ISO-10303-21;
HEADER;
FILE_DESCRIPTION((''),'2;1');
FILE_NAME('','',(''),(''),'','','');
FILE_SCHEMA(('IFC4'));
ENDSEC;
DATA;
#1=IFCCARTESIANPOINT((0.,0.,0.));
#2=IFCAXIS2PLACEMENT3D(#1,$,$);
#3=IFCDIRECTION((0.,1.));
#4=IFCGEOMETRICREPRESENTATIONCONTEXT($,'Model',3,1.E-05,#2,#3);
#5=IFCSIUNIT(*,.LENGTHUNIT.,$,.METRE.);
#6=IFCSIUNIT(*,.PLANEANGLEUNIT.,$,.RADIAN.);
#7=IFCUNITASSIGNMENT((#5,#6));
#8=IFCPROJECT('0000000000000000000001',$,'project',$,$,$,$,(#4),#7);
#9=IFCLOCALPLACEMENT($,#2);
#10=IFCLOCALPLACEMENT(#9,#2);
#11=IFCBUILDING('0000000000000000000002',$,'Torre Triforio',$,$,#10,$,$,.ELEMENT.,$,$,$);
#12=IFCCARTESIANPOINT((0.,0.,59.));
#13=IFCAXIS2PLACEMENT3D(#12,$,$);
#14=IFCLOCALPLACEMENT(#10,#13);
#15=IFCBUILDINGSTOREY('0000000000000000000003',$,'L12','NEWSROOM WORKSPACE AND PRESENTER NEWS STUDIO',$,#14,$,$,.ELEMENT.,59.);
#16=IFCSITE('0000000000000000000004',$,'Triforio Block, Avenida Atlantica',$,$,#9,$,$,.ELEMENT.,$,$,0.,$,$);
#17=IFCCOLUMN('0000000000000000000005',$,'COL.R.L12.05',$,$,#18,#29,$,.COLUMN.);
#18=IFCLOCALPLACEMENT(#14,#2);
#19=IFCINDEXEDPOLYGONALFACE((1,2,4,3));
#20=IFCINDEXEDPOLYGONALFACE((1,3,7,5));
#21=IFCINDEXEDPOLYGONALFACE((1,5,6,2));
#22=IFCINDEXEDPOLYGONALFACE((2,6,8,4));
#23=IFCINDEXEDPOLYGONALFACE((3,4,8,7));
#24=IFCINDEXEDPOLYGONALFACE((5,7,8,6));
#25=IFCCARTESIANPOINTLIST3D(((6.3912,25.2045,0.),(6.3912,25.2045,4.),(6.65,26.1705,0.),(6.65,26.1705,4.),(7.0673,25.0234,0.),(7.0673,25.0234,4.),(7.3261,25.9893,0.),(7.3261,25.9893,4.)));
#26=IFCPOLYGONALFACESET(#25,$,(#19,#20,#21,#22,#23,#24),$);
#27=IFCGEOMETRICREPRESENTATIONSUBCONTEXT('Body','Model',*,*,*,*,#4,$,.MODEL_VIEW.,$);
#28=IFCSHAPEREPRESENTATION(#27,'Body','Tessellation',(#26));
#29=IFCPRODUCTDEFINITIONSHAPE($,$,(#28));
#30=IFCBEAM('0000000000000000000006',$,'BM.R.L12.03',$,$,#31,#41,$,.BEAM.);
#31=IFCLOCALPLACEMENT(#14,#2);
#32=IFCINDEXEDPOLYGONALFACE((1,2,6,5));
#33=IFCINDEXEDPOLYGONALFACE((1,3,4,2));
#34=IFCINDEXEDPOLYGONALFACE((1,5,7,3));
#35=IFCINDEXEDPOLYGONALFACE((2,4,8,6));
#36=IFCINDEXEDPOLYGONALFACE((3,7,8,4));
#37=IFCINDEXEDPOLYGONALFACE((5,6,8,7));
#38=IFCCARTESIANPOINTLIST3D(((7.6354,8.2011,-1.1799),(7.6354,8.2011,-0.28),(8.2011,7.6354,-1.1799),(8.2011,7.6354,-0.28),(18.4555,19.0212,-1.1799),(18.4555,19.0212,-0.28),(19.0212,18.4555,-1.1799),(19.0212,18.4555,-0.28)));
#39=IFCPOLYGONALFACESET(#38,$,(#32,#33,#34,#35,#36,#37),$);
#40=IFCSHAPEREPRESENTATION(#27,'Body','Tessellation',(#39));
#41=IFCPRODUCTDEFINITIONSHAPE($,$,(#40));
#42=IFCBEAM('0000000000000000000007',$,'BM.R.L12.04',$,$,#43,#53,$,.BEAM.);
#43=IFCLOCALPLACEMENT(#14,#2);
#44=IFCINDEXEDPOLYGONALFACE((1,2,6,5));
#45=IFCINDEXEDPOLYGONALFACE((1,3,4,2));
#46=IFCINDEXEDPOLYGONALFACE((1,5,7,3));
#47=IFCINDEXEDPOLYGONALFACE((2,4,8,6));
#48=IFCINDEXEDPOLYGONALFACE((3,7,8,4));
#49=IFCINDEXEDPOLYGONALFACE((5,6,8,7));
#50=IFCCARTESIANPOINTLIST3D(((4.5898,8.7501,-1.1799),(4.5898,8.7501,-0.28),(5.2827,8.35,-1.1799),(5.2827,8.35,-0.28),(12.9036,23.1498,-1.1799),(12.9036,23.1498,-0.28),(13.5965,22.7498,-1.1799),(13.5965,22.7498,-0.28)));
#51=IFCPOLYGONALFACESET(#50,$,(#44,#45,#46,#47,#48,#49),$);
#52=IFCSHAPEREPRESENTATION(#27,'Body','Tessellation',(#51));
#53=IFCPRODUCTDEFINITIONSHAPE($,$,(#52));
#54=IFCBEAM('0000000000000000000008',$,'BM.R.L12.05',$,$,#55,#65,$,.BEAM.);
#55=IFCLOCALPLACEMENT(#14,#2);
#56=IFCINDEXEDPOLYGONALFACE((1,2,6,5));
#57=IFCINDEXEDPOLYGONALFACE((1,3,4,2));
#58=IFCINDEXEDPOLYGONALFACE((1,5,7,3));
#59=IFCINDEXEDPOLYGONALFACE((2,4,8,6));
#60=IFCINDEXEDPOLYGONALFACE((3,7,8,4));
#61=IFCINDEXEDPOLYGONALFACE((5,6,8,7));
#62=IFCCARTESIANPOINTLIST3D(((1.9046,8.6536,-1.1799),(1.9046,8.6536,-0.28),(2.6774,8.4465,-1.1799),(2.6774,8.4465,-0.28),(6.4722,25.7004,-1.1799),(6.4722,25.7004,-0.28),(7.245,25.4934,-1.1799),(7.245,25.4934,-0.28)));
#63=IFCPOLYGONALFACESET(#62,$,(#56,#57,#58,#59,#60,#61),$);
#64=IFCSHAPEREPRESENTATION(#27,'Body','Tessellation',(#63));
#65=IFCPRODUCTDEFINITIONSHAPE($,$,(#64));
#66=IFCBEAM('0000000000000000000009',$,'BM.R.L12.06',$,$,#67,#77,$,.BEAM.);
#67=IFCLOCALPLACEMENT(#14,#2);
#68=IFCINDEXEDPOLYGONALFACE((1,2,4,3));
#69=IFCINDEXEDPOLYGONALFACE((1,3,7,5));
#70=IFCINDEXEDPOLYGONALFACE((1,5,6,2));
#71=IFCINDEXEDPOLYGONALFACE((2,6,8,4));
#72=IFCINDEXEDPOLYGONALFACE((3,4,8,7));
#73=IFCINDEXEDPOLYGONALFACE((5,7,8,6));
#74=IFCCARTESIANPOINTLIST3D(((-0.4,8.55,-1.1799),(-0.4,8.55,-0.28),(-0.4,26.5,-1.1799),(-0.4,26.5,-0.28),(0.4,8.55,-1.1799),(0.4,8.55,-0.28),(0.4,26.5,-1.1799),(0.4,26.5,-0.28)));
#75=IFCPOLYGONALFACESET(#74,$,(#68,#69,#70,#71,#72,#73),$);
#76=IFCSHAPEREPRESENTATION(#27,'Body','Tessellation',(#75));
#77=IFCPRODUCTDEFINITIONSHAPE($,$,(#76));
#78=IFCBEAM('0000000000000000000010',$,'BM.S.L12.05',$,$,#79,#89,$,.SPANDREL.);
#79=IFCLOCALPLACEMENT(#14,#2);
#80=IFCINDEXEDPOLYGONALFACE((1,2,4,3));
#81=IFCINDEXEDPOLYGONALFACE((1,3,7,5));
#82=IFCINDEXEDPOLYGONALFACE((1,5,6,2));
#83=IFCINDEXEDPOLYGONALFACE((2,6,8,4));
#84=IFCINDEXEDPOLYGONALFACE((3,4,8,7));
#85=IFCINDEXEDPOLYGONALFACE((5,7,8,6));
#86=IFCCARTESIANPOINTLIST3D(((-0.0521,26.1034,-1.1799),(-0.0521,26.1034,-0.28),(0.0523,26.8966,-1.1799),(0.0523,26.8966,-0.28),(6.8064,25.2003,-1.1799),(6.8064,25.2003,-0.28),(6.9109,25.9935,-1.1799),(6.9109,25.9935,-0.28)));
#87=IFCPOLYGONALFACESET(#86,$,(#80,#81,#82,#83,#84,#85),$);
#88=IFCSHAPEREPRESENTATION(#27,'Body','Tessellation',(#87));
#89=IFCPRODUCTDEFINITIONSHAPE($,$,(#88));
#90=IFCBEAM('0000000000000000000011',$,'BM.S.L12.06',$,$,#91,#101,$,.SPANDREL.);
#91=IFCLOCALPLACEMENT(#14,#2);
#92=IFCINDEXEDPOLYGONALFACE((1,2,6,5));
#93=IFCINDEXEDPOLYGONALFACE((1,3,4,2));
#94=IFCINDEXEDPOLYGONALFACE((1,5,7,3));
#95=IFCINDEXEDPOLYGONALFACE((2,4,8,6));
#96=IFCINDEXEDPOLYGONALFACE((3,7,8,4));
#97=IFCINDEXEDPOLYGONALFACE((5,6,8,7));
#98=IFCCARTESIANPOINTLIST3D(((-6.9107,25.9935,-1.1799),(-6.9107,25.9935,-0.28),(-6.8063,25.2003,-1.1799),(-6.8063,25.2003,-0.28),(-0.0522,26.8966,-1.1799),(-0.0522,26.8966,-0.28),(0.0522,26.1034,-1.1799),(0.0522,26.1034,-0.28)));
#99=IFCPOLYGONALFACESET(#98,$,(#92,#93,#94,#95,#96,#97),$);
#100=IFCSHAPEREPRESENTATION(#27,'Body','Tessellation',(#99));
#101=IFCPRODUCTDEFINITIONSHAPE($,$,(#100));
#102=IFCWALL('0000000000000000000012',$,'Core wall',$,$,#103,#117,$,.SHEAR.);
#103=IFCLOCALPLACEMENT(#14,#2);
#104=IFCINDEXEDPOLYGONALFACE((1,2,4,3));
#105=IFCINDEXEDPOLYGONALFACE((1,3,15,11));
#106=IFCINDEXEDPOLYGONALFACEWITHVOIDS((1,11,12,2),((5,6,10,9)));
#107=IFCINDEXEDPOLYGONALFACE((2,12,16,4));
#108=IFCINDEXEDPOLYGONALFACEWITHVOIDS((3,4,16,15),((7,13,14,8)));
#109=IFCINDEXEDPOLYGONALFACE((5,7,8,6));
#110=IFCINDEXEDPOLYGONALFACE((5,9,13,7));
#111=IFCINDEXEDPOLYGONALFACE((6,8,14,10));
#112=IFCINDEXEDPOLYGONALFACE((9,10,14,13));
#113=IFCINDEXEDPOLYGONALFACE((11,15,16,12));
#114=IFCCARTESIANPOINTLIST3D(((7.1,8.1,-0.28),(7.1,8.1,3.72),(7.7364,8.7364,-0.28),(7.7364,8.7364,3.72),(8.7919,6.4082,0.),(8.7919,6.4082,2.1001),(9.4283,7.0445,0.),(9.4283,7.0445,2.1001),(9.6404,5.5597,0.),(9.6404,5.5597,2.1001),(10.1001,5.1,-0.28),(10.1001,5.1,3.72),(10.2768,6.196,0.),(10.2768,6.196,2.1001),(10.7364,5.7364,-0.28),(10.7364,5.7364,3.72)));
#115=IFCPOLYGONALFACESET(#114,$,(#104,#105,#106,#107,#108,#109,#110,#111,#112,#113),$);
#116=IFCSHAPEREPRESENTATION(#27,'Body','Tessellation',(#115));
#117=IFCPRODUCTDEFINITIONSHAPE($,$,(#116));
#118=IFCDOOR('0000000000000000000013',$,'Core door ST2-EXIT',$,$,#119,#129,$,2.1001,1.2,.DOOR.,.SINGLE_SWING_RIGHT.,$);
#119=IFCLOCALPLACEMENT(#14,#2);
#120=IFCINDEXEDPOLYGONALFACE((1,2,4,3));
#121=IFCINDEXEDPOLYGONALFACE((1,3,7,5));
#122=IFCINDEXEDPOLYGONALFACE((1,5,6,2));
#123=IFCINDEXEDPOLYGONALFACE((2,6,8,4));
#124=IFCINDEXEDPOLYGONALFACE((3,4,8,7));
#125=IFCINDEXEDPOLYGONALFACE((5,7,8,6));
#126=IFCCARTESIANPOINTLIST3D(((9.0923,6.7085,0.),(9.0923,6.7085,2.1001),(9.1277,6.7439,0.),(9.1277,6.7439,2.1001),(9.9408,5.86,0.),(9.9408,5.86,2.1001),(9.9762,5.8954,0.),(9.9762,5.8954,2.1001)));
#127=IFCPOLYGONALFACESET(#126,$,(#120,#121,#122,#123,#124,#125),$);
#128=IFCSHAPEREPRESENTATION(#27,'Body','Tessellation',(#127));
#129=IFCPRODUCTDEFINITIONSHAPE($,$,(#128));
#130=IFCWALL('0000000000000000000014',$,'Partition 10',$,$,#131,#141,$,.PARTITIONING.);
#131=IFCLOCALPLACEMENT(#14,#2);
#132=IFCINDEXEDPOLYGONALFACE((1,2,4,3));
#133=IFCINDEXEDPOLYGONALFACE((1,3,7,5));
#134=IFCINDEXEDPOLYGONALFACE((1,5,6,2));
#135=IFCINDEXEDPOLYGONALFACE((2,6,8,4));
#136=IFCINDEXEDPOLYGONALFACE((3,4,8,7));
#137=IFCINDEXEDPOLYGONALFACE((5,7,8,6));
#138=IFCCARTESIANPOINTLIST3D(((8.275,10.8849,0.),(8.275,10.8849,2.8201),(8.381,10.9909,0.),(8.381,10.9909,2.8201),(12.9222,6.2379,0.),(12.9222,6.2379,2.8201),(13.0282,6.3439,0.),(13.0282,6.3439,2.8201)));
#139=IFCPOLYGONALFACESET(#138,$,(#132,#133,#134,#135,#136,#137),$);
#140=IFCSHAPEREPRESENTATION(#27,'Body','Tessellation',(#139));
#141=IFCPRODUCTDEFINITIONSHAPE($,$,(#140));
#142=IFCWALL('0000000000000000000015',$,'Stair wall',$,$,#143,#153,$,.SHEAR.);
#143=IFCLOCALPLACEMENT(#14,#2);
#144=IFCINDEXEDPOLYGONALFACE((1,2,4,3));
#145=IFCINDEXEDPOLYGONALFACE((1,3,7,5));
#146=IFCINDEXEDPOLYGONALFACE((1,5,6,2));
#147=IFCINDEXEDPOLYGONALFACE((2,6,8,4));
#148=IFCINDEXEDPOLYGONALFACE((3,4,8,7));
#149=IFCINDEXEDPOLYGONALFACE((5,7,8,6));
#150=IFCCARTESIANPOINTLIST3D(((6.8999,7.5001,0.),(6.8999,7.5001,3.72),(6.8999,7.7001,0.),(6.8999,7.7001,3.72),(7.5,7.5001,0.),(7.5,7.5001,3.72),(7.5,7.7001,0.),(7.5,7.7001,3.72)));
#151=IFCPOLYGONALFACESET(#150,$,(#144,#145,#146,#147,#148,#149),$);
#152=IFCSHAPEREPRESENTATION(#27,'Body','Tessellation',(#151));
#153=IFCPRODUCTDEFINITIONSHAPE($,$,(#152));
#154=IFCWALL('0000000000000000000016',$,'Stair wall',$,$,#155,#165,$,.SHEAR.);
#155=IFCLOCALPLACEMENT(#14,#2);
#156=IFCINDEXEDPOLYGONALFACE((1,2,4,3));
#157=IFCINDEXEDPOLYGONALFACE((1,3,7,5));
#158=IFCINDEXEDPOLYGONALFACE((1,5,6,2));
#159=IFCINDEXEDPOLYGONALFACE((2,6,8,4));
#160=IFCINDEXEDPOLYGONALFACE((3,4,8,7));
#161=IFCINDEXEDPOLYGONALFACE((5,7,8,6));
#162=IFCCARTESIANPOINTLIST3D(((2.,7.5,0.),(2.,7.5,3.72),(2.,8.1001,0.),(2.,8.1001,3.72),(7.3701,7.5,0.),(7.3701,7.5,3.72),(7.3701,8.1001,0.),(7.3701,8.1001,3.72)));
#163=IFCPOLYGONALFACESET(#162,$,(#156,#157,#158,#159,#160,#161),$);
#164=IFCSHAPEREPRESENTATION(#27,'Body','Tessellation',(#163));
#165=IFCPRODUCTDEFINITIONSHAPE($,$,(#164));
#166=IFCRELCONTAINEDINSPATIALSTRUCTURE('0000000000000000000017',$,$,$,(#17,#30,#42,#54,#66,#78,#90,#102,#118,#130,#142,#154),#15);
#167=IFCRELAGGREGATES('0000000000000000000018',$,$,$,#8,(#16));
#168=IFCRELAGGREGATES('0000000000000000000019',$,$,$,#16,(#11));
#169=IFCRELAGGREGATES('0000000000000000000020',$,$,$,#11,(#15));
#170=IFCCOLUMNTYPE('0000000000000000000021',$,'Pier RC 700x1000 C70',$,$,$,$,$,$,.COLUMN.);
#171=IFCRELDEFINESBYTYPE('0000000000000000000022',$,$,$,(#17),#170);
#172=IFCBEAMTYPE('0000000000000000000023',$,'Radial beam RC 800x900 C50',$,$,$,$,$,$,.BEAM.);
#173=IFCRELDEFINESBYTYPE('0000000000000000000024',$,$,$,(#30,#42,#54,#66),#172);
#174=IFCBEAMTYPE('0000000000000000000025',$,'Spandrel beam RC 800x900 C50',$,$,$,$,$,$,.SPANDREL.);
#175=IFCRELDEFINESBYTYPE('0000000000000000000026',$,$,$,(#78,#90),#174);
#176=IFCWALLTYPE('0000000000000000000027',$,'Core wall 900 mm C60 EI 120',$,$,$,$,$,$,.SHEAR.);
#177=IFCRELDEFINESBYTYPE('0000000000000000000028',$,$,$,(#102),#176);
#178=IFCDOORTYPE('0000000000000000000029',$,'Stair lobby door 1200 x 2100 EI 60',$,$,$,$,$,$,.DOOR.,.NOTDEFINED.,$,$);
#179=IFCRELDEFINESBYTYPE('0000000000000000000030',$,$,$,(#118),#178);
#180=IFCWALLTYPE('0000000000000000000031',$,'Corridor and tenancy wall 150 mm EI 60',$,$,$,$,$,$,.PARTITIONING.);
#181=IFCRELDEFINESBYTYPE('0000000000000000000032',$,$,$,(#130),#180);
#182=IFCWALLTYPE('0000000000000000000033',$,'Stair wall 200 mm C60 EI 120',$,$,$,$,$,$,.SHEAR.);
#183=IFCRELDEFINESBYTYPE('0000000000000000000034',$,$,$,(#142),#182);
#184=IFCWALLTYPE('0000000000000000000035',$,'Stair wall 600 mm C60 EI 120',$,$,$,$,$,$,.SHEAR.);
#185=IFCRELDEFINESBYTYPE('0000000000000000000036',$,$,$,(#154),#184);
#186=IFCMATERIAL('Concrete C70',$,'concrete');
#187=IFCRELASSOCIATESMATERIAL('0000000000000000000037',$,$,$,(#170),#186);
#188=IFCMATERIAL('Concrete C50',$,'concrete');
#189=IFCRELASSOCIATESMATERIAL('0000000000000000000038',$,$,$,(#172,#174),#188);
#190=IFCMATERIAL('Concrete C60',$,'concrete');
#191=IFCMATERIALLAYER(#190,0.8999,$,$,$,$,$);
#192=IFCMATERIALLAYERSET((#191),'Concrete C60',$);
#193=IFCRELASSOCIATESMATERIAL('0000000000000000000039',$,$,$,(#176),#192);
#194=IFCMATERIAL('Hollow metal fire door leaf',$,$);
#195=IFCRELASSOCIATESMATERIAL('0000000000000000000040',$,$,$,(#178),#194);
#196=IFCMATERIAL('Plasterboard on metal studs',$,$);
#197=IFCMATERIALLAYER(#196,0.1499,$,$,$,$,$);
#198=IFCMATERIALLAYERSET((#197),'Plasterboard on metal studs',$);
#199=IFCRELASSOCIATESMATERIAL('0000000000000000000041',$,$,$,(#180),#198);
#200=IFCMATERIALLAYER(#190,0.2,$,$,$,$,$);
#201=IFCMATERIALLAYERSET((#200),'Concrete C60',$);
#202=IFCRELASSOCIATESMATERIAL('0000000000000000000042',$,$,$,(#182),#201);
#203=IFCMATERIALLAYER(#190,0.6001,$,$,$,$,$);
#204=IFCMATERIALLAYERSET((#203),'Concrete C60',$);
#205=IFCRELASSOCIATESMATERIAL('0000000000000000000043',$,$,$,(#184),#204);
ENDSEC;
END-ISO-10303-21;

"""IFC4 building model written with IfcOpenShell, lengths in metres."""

from ifc_helpers import new_model, si_unit, direction, frame, frame_2d, origin, origin_2d, place, context, subcontext, project, spatial, rectangle, extrude, material, layer, layer_set, material_profile, profile_set, type_object, element, fill, save


model = new_model("IFC4")

# Units and contexts
model_context = context("Model", 3, precision=1e-05, world=origin(), true_north=direction((0.0, 1.0)))
body_context = subcontext(model_context, "Body", "Model", "MODEL_VIEW")
ifc_project = project(units=[si_unit("LENGTHUNIT", "METRE"), si_unit("PLANEANGLEUNIT", "RADIAN")], contexts=[model_context])

# Site, building, storey
site_placement = place(None, origin())
site = spatial("IfcSite", under=ifc_project, at=site_placement, Name="Triforio Block, Avenida Atlantica", CompositionType="ELEMENT", RefElevation=0.0)
building_placement = place(site_placement, origin())
building = spatial("IfcBuilding", under=site, at=building_placement, Name="Torre Triforio", CompositionType="ELEMENT")
storey_placement = place(building_placement, frame((0.0, 0.0, 59.0)))
storey = spatial("IfcBuildingStorey", under=building, at=storey_placement, Name="L12", Description="NEWSROOM WORKSPACE AND PRESENTER NEWS STUDIO", CompositionType="ELEMENT", Elevation=59.0)

# Column
ifc_material_1 = material(Name="Concrete C70", Category="concrete")
ifc_material_profile_1 = material_profile(ifc_material_1, rectangle(XDim=0.7, YDim=1.0, at=origin_2d()), Name="RC 700x1000")
ifc_profile_set_1 = profile_set([ifc_material_profile_1], Name="Concrete C70")
column_type = type_object("IfcColumnType", Name="Pier RC 700x1000 C70", PredefinedType="COLUMN", material=ifc_profile_set_1)
column_placement = place(storey_placement, frame((6.8586, 25.5969, 0.0), z_axis=(0.0, 0.0, 1.0), x_axis=(-0.965926, 0.258819, 0.0)))
element("IfcColumn", 1, at=column_placement, inside=storey, type_object=column_type, Name="COL.R.L12.05", PredefinedType="COLUMN", context=body_context, shape_type="SweptSolid", body=[
    extrude(rectangle(XDim=0.7, YDim=1.0, at=origin_2d()), origin(), (0.0, 0.0, 1.0), 4.0),
])

# Beams
ifc_material_2 = material(Name="Concrete C50", Category="concrete")
ifc_material_profile_2 = material_profile(ifc_material_2, rectangle(XDim=0.8, YDim=0.8999, at=origin_2d()), Name="RC 800x900")
ifc_profile_set_2 = profile_set([ifc_material_profile_2], Name="Concrete C50")
beam_type_1 = type_object("IfcBeamType", Name="Radial beam RC 800x900 C50", PredefinedType="BEAM", material=ifc_profile_set_2)
beam_1_placement = place(storey_placement, frame((7.9182, 7.9182, -0.73), z_axis=(0.707107, 0.707107, 0.0), x_axis=(-0.707107, 0.707107, 0.0)))
element("IfcBeam", 2, at=beam_1_placement, inside=storey, type_object=beam_type_1, Name="BM.R.L12.03", PredefinedType="BEAM", context=body_context, shape_type="SweptSolid", body=[
    extrude(rectangle(XDim=0.8, YDim=0.8999, at=origin_2d()), origin(), (0.0, 0.0, 1.0), 15.302),
])
beam_2_placement = place(storey_placement, frame((4.9363, 8.55, -0.73), z_axis=(0.500003, 0.866023, 0.0), x_axis=(-0.866023, 0.500003, 0.0)))
element("IfcBeam", 3, at=beam_2_placement, inside=storey, type_object=beam_type_1, Name="BM.R.L12.04", PredefinedType="BEAM", context=body_context, shape_type="SweptSolid", body=[
    extrude(rectangle(XDim=0.8, YDim=0.8999, at=origin_2d()), origin(), (0.0, 0.0, 1.0), 16.6274),
])
beam_3_placement = place(storey_placement, frame((2.291, 8.55, -0.73), z_axis=(0.258815, 0.965927, 0.0), x_axis=(-0.965927, 0.258815, 0.0)))
element("IfcBeam", 4, at=beam_3_placement, inside=storey, type_object=beam_type_1, Name="BM.R.L12.05", PredefinedType="BEAM", context=body_context, shape_type="SweptSolid", body=[
    extrude(rectangle(XDim=0.8, YDim=0.8999, at=origin_2d()), origin(), (0.0, 0.0, 1.0), 17.6482),
])
beam_4_placement = place(storey_placement, frame((0.0, 8.55, -0.73), z_axis=(0.0, 1.0, 0.0), x_axis=(-1.0, 0.0, 0.0)))
element("IfcBeam", 5, at=beam_4_placement, inside=storey, type_object=beam_type_1, Name="BM.R.L12.06", PredefinedType="BEAM", context=body_context, shape_type="SweptSolid", body=[
    extrude(rectangle(XDim=0.8, YDim=0.8999, at=origin_2d()), origin(), (0.0, 0.0, 1.0), 17.95),
])
ifc_material_profile_3 = material_profile(ifc_material_2, rectangle(XDim=0.8, YDim=0.8999, at=origin_2d()), Name="RC 800x900")
ifc_profile_set_3 = profile_set([ifc_material_profile_3], Name="Concrete C50")
beam_type_2 = type_object("IfcBeamType", Name="Spandrel beam RC 800x900 C50", PredefinedType="SPANDREL", material=ifc_profile_set_3)
for number, where, z_axis, x_axis, name in (
    (6, (6.8586, 25.5969, -0.73), (-0.991443, 0.130543, 0.0), (-0.130543, -0.991443, 0.0), "BM.S.L12.05"),
    (7, (0.0, 26.5, -0.73), (-0.991443, -0.130543, 0.0), (0.130543, -0.991443, 0.0), "BM.S.L12.06"),
):
    element("IfcBeam", number, at=place(storey_placement, frame(where, z_axis=z_axis, x_axis=x_axis)), inside=storey, type_object=beam_type_2, Name=name, PredefinedType="SPANDREL", context=body_context, shape_type="SweptSolid", body=[
        extrude(rectangle(XDim=0.8, YDim=0.8999, at=origin_2d()), origin(), (0.0, 0.0, 1.0), 6.9177),
    ])

# Wall, opening, door
ifc_material_3 = material(Name="Concrete C60", Category="concrete")
ifc_layer_1 = layer(ifc_material_3, 0.8999)
ifc_layer_set_1 = layer_set([ifc_layer_1], Name="Concrete C60")
wall_type_1 = type_object("IfcWallType", Name="Core wall 900 mm C60 EI 120", PredefinedType="SHEAR", material=ifc_layer_set_1)
wall_1_placement = place(storey_placement, frame((7.4182, 8.4182, -0.28), z_axis=(0.0, 0.0, 1.0), x_axis=(0.707107, -0.707107, 0.0)))
wall_1 = element("IfcWall", 8, at=wall_1_placement, inside=storey, type_object=wall_type_1, Name="Core wall", PredefinedType="SHEAR", context=body_context, shape_type="SweptSolid", body=[
    extrude(rectangle(XDim=4.2427, YDim=0.8999, at=frame_2d((2.1213, 0.0))), origin(), (0.0, 0.0, 1.0), 4.0),
])
opening_1_placement = place(wall_1_placement, frame((2.3926, 0.0, 0.28)))
opening_1 = element("IfcOpeningElement", 9, at=opening_1_placement, cuts=wall_1, PredefinedType="OPENING", context=body_context, shape_type="SweptSolid", body=[
    extrude(rectangle(XDim=1.2, YDim=2.1001, at=frame_2d((0.6001, 1.05))), frame((0.0, 0.46, 0.0), z_axis=(0.0, -1.0, 0.0), x_axis=(1.0, 0.0, 0.0)), (0.0, 0.0, 1.0), 0.9199),
])
ifc_material_4 = material(Name="Hollow metal fire door leaf")
door_type_1 = type_object("IfcDoorType", Name="Stair lobby door 1200 x 2100 EI 60", OperationType="NOTDEFINED", PredefinedType="DOOR", material=ifc_material_4)
door_1_placement = place(opening_1_placement, origin())
door_1 = element("IfcDoor", 10, at=door_1_placement, inside=storey, type_object=door_type_1, Name="Core door ST2-EXIT", OperationType="SINGLE_SWING_RIGHT", OverallHeight=2.1001, OverallWidth=1.2, PredefinedType="DOOR", context=body_context, shape_type="SweptSolid", body=[
    extrude(rectangle(XDim=1.2, YDim=2.1001, at=frame_2d((0.6001, 1.05))), frame((0.0, 0.0249, 0.0), z_axis=(0.0, -1.0, 0.0), x_axis=(1.0, 0.0, 0.0)), (0.0, 0.0, 1.0), 0.05),
])
fill(opening_1, door_1)

# Walls
ifc_material_5 = material(Name="Plasterboard on metal studs")
ifc_layer_2 = layer(ifc_material_5, 0.1499)
ifc_layer_set_2 = layer_set([ifc_layer_2], Name="Plasterboard on metal studs")
wall_type_2 = type_object("IfcWallType", Name="Corridor and tenancy wall 150 mm EI 60", PredefinedType="PARTITIONING", material=ifc_layer_set_2)
wall_2_placement = place(storey_placement, frame((8.3279, 10.938, 0.0), z_axis=(0.0, 0.0, 1.0), x_axis=(0.707125, -0.707088, 0.0)))
element("IfcWall", 11, at=wall_2_placement, inside=storey, type_object=wall_type_2, Name="Partition 10", PredefinedType="PARTITIONING", context=body_context, shape_type="SweptSolid", body=[
    extrude(rectangle(XDim=6.572, YDim=0.1499, at=frame_2d((3.2861, 0.0))), origin(), (0.0, 0.0, 1.0), 2.8201),
])
ifc_layer_3 = layer(ifc_material_3, 0.2)
ifc_layer_set_3 = layer_set([ifc_layer_3], Name="Concrete C60")
wall_type_3 = type_object("IfcWallType", Name="Stair wall 200 mm C60 EI 120", PredefinedType="SHEAR", material=ifc_layer_set_3)
wall_3_placement = place(storey_placement, frame((6.8999, 7.6001, 0.0), z_axis=(0.0, 0.0, 1.0), x_axis=(1.0, 0.0, 0.0)))
element("IfcWall", 12, at=wall_3_placement, inside=storey, type_object=wall_type_3, Name="Stair wall", PredefinedType="SHEAR", context=body_context, shape_type="SweptSolid", body=[
    extrude(rectangle(XDim=0.6001, YDim=0.2, at=frame_2d((0.3, 0.0))), origin(), (0.0, 0.0, 1.0), 3.72),
])
ifc_layer_4 = layer(ifc_material_3, 0.6001)
ifc_layer_set_4 = layer_set([ifc_layer_4], Name="Concrete C60")
wall_type_4 = type_object("IfcWallType", Name="Stair wall 600 mm C60 EI 120", PredefinedType="SHEAR", material=ifc_layer_set_4)
wall_4_placement = place(storey_placement, frame((2.0, 7.8, 0.0), z_axis=(0.0, 0.0, 1.0), x_axis=(1.0, 0.0, 0.0)))
element("IfcWall", 13, at=wall_4_placement, inside=storey, type_object=wall_type_4, Name="Stair wall", PredefinedType="SHEAR", context=body_context, shape_type="SweptSolid", body=[
    extrude(rectangle(XDim=5.3701, YDim=0.6001, at=frame_2d((2.6851, 0.0))), origin(), (0.0, 0.0, 1.0), 3.72),
])

save(model, "model.ifc")
